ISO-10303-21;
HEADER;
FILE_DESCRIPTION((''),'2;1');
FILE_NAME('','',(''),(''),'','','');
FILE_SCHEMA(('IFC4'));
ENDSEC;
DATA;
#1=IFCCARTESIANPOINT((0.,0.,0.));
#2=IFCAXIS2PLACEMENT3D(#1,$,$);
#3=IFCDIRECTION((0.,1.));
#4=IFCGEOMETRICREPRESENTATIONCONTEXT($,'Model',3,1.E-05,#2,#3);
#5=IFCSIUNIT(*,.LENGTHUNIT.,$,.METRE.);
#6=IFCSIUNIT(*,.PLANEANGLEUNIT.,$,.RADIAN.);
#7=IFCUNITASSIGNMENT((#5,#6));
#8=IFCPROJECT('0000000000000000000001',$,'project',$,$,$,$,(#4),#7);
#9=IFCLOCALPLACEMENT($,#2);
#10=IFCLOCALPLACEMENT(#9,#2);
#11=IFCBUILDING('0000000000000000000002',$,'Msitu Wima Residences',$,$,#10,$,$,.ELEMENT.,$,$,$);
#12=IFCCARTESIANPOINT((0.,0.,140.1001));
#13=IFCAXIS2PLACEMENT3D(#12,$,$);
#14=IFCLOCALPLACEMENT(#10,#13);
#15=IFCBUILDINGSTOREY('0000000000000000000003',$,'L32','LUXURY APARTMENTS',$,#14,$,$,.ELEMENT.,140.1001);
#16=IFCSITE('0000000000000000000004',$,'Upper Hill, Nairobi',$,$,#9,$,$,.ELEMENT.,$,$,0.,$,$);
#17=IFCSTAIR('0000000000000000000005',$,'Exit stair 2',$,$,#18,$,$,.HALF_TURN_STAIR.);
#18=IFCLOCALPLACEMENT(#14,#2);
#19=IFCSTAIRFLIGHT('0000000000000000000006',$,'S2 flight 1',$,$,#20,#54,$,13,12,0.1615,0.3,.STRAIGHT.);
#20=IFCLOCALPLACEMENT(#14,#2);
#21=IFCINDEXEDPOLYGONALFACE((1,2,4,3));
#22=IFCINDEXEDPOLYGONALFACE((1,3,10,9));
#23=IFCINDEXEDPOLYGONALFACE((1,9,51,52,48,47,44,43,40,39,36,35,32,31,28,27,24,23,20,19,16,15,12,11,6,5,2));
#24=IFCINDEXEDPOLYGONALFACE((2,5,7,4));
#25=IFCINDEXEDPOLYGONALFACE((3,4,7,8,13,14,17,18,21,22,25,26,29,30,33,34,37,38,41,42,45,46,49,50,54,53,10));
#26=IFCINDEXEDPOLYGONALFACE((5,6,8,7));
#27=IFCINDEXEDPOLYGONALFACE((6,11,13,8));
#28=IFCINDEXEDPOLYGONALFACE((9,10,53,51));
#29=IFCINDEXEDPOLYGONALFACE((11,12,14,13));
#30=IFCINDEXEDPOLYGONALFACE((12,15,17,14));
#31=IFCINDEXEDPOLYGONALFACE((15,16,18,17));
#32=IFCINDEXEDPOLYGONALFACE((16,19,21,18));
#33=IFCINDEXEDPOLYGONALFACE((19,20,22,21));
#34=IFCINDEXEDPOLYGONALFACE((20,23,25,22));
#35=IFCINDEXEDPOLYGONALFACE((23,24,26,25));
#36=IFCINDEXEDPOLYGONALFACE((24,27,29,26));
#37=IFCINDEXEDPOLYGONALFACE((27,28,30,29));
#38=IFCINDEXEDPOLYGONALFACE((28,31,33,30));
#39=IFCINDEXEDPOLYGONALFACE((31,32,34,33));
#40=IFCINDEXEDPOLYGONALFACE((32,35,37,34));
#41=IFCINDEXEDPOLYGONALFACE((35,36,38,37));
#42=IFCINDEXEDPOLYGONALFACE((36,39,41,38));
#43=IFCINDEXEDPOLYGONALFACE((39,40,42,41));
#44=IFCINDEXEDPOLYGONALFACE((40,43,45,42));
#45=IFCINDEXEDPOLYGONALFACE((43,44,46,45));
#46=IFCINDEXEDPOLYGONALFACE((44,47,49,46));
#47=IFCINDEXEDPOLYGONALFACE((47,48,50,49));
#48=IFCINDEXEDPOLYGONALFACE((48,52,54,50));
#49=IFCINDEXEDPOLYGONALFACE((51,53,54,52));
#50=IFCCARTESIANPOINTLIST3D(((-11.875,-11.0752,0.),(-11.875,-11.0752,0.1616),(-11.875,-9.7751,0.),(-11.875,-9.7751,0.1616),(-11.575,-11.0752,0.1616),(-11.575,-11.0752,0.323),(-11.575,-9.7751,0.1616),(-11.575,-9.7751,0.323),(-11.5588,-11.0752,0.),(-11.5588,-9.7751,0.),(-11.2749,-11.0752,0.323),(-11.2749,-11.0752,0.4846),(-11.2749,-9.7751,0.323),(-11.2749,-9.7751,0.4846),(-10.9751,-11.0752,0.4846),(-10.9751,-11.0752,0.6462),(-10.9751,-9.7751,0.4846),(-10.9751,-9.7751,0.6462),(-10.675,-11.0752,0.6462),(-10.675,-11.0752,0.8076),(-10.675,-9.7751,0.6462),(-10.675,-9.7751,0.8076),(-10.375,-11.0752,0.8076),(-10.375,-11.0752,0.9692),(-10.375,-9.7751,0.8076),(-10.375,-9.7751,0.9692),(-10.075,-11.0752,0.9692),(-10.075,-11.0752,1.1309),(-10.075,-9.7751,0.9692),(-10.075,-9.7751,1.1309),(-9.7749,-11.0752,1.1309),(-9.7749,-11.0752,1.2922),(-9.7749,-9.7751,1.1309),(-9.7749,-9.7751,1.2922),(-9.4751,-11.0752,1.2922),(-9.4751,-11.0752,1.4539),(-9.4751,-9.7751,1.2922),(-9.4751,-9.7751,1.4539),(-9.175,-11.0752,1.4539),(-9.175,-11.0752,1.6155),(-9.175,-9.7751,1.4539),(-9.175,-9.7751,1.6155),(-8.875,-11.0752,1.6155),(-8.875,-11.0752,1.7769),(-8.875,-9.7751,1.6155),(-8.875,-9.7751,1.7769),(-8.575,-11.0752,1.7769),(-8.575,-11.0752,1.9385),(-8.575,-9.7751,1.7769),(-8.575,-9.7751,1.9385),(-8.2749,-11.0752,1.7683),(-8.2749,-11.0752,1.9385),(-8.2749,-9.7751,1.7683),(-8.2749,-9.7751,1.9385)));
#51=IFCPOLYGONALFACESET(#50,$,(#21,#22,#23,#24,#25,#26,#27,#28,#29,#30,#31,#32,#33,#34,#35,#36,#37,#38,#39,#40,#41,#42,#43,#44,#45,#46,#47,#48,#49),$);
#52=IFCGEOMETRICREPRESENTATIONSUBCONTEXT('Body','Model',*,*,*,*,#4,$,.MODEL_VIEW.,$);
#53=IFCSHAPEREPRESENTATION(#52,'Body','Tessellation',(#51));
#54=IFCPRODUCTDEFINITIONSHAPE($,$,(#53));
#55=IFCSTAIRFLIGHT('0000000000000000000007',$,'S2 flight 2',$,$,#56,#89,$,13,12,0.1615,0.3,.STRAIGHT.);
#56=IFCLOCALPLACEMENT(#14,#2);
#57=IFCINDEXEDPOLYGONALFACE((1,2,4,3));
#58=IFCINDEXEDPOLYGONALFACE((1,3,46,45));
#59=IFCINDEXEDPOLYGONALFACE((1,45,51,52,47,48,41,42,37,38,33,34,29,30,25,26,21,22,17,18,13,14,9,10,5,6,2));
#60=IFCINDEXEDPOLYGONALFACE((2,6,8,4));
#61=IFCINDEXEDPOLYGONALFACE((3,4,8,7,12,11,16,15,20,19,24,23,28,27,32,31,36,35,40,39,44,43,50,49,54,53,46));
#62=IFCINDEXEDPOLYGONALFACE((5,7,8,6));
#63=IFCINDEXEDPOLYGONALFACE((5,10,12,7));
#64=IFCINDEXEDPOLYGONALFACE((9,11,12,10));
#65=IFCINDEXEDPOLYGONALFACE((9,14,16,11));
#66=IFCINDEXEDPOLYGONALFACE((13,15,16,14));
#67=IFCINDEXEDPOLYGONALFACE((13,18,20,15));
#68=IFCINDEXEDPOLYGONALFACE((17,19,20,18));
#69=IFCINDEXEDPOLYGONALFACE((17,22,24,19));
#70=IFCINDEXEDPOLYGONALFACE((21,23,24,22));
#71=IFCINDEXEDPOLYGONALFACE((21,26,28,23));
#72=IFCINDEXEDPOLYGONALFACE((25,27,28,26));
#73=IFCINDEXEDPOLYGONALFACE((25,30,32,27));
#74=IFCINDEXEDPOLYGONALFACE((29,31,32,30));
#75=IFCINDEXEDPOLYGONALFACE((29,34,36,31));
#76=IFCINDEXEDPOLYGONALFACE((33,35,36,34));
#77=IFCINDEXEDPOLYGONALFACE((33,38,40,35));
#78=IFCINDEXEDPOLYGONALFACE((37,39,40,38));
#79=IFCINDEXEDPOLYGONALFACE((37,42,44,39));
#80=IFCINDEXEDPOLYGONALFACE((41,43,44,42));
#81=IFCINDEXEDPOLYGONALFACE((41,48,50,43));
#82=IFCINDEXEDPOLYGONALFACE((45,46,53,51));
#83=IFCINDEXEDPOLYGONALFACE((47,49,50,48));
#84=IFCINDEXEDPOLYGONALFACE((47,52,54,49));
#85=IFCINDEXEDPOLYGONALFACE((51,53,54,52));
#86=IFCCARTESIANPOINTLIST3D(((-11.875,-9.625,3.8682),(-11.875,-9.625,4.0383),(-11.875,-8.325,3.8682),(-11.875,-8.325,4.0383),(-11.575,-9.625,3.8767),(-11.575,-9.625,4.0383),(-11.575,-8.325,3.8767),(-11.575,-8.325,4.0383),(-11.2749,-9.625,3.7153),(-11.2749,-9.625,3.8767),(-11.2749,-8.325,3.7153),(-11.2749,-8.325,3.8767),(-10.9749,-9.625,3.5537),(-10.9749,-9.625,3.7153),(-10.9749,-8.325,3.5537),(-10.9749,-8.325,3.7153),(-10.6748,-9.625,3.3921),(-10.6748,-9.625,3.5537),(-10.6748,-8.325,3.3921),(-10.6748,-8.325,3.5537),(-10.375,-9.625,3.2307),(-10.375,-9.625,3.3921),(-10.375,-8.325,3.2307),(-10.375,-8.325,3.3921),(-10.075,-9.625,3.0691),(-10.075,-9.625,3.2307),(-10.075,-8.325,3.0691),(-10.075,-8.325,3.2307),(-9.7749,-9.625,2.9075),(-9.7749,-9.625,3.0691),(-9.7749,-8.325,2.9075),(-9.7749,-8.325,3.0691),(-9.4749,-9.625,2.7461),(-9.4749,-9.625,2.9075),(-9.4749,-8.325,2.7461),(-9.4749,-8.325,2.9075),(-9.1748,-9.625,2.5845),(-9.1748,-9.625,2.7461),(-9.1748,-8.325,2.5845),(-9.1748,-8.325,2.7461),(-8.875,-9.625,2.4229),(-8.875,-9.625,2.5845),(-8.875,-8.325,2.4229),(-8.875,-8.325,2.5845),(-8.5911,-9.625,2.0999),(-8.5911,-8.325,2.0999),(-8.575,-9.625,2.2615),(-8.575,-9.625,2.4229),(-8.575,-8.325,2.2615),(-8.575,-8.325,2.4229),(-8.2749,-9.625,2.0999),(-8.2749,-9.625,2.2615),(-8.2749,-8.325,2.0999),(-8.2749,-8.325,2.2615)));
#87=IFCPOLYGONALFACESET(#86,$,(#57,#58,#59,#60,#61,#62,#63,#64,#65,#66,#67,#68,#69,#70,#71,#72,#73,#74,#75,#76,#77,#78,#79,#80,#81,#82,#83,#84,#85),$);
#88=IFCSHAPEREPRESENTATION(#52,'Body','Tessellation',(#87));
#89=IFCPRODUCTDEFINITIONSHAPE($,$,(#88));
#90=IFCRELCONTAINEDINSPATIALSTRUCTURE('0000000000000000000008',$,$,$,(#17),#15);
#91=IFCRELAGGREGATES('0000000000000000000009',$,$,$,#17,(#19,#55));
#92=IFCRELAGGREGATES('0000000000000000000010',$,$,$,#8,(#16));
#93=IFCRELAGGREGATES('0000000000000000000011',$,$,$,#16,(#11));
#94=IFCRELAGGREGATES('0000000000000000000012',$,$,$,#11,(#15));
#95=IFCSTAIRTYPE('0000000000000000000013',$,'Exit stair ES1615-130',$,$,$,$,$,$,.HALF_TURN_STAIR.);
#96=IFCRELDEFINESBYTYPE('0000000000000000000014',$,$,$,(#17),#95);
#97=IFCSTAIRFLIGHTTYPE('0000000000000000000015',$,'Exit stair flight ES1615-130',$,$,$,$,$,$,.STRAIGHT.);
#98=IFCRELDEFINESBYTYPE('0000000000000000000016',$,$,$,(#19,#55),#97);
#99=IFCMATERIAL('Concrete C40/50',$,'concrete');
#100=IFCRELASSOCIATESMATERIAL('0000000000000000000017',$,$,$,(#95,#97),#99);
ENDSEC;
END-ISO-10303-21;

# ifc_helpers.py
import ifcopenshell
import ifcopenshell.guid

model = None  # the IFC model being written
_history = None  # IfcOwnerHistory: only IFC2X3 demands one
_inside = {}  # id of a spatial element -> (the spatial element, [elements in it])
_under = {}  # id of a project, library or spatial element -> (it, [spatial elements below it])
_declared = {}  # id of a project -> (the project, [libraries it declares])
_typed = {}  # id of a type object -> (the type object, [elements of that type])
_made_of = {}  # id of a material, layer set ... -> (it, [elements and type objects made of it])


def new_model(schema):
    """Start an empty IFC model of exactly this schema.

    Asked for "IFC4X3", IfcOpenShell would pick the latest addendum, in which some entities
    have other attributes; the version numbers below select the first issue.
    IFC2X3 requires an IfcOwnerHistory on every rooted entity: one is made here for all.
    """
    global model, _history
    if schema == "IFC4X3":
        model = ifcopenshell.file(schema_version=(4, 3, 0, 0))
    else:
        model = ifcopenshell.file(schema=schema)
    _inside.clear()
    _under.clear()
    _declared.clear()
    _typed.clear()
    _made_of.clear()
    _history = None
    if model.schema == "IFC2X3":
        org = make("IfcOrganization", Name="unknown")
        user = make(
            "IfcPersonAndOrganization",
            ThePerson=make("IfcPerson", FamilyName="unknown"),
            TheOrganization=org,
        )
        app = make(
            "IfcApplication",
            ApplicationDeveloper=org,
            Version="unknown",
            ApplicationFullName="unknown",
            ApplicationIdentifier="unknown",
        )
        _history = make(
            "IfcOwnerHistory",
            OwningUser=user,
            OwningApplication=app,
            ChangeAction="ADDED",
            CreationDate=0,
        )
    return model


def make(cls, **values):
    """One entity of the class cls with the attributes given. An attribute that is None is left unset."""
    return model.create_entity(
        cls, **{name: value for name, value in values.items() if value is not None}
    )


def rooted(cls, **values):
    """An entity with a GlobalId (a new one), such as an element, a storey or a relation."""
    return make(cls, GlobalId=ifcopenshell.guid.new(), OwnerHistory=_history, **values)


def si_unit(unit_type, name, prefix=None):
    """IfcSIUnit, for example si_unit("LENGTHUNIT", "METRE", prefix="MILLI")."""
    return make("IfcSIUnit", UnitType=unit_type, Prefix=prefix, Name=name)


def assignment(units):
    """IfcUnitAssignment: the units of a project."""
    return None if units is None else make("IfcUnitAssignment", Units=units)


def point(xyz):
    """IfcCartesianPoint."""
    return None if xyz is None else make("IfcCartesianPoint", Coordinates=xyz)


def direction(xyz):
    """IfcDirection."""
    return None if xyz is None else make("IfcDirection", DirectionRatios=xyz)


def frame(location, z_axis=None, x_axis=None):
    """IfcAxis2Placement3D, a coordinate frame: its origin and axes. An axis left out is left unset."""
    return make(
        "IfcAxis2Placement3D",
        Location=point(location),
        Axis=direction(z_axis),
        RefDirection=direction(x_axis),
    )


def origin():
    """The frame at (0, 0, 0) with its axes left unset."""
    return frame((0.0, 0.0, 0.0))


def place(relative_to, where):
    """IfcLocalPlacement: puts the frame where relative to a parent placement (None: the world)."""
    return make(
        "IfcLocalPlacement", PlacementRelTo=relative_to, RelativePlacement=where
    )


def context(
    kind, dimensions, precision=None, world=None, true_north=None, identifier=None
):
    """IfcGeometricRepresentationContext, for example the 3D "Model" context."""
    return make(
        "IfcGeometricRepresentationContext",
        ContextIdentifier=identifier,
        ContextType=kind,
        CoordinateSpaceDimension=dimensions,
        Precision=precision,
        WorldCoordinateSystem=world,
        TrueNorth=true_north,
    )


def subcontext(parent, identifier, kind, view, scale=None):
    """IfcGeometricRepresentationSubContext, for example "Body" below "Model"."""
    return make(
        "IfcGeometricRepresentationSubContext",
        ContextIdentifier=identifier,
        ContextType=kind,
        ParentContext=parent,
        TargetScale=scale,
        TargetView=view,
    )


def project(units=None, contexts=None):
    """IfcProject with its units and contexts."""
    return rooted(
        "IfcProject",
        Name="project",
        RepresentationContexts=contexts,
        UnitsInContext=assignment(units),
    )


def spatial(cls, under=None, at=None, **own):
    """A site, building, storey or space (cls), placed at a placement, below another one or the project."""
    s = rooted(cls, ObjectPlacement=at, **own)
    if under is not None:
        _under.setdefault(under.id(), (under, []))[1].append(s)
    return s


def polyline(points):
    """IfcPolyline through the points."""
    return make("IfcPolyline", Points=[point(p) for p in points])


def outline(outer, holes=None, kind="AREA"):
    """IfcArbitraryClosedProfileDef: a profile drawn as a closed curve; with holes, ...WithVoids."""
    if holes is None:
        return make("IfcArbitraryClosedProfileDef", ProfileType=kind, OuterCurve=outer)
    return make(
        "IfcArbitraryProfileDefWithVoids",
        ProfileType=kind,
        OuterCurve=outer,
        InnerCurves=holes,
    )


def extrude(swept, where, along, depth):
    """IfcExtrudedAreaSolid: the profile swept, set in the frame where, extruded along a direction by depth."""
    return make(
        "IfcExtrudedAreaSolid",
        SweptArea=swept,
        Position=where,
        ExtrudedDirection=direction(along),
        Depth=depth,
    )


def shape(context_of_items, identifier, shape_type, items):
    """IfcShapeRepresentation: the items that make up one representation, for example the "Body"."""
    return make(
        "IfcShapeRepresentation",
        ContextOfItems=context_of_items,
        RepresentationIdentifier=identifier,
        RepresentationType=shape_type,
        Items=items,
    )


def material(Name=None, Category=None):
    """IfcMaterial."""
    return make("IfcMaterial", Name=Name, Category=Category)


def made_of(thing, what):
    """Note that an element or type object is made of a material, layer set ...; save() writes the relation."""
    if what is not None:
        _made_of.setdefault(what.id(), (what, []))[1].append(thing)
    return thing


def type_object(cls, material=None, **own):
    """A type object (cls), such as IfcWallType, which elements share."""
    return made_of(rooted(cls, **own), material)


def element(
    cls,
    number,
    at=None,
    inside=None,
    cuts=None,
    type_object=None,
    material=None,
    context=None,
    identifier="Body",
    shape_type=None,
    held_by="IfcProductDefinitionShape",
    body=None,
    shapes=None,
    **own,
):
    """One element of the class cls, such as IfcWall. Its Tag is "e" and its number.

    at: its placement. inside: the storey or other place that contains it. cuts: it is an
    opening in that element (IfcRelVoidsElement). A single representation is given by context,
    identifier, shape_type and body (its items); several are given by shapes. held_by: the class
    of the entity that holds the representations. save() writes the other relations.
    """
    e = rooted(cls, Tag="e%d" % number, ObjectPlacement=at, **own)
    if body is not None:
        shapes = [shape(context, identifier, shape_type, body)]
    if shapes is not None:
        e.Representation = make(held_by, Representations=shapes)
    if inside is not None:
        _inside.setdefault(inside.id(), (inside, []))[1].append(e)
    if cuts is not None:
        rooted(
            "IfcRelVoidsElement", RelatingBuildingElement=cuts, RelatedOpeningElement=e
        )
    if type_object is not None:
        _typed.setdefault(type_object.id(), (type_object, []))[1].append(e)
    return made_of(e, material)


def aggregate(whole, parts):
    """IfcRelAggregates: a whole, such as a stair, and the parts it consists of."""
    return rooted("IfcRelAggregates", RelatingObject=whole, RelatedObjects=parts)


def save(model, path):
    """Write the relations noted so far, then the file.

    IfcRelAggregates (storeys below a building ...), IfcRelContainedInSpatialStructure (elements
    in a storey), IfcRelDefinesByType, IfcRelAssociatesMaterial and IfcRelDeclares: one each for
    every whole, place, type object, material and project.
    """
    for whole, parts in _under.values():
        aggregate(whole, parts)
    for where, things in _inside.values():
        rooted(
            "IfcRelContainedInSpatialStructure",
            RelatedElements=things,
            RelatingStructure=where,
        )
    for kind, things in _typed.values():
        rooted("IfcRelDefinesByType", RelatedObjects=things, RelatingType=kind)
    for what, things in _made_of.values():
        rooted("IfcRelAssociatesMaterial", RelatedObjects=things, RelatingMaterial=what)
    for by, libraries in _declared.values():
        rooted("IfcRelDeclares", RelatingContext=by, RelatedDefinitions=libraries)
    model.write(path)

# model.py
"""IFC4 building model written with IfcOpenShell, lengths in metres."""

from ifc_helpers import new_model, si_unit, direction, frame, origin, place, context, subcontext, project, spatial, polyline, outline, extrude, material, type_object, element, aggregate, save


model = new_model("IFC4")

# Units and contexts
model_context = context("Model", 3, precision=1e-05, world=origin(), true_north=direction((0.0, 1.0)))
body_context = subcontext(model_context, "Body", "Model", "MODEL_VIEW")
ifc_project = project(units=[si_unit("LENGTHUNIT", "METRE"), si_unit("PLANEANGLEUNIT", "RADIAN")], contexts=[model_context])

# Site, building, storey
site_placement = place(None, origin())
site = spatial("IfcSite", under=ifc_project, at=site_placement, Name="Upper Hill, Nairobi", CompositionType="ELEMENT", RefElevation=0.0)
building_placement = place(site_placement, origin())
building = spatial("IfcBuilding", under=site, at=building_placement, Name="Msitu Wima Residences", CompositionType="ELEMENT")
storey_placement = place(building_placement, frame((0.0, 0.0, 140.1001)))
storey = spatial("IfcBuildingStorey", under=building, at=storey_placement, Name="L32", Description="LUXURY APARTMENTS", CompositionType="ELEMENT", Elevation=140.1001)

# Stair, stair flights
ifc_material_1 = material(Name="Concrete C40/50", Category="concrete")
stair_type = type_object("IfcStairType", Name="Exit stair ES1615-130", PredefinedType="HALF_TURN_STAIR", material=ifc_material_1)
stair_placement = place(storey_placement, origin())
stair = element("IfcStair", 1, at=stair_placement, inside=storey, type_object=stair_type, Name="Exit stair 2", PredefinedType="HALF_TURN_STAIR")
stair_flight_type = type_object("IfcStairFlightType", Name="Exit stair flight ES1615-130", PredefinedType="STRAIGHT", material=ifc_material_1)
stair_flight_1_placement = place(storey_placement, frame((-11.875, -10.425, 0.0), z_axis=(0.0, 0.0, 1.0), x_axis=(1.0, 0.0, 0.0)))
stair_flight_1 = element("IfcStairFlight", 2, at=stair_flight_1_placement, type_object=stair_flight_type, Name="S2 flight 1", NumberOfRisers=13, NumberOfTreads=12, PredefinedType="STRAIGHT", RiserHeight=0.1615, TreadLength=0.3, context=body_context, shape_type="SweptSolid", body=[
    extrude(outline(polyline([(0.0, 0.0), (0.0, 0.1616), (0.3, 0.1616), (0.3, 0.323), (0.6001, 0.323), (0.6001, 0.4846), (0.8999, 0.4846), (0.8999, 0.6462), (1.2, 0.6462), (1.2, 0.8076), (1.5, 0.8076), (1.5, 0.9692), (1.8, 0.9692), (1.8, 1.1309), (2.1001, 1.1309), (2.1001, 1.2922), (2.3999, 1.2922), (2.3999, 1.4539), (2.7, 1.4539), (2.7, 1.6155), (3.0, 1.6155), (3.0, 1.7769), (3.3, 1.7769), (3.3, 1.9385), (3.6001, 1.9385), (3.6001, 2.1001), (3.6001, 1.7683), (0.3162, 0.0), (0.0, 0.0)])), frame((0.0, 0.6499, 0.0), z_axis=(0.0, -1.0, 0.0), x_axis=(1.0, 0.0, 0.0)), (0.0, 0.0, 1.0), 1.3),
])
stair_flight_2_placement = place(storey_placement, frame((-8.2749, -8.9751, 2.0999), z_axis=(0.0, 0.0, 1.0), x_axis=(-1.0, 0.0, 0.0)))
stair_flight_2 = element("IfcStairFlight", 3, at=stair_flight_2_placement, type_object=stair_flight_type, Name="S2 flight 2", NumberOfRisers=13, NumberOfTreads=12, PredefinedType="STRAIGHT", RiserHeight=0.1615, TreadLength=0.3, context=body_context, shape_type="SweptSolid", body=[
    extrude(outline(polyline([(0.0, 0.0), (0.0, 0.1616), (0.3, 0.1616), (0.3, 0.323), (0.6001, 0.323), (0.6001, 0.4846), (0.8999, 0.4846), (0.8999, 0.6462), (1.2, 0.6462), (1.2, 0.8076), (1.5, 0.8076), (1.5, 0.9692), (1.8, 0.9692), (1.8, 1.1309), (2.1001, 1.1309), (2.1001, 1.2922), (2.3999, 1.2922), (2.3999, 1.4539), (2.7, 1.4539), (2.7, 1.6155), (3.0, 1.6155), (3.0, 1.7769), (3.3, 1.7769), (3.3, 1.9385), (3.6001, 1.9385), (3.6001, 2.1001), (3.6001, 1.7683), (0.3162, 0.0), (0.0, 0.0)])), frame((0.0, 0.6499, 0.0), z_axis=(0.0, -1.0, 0.0), x_axis=(1.0, 0.0, 0.0)), (0.0, 0.0, 1.0), 1.3),
])
aggregate(stair, [stair_flight_1, stair_flight_2])

save(model, "model.ifc")
